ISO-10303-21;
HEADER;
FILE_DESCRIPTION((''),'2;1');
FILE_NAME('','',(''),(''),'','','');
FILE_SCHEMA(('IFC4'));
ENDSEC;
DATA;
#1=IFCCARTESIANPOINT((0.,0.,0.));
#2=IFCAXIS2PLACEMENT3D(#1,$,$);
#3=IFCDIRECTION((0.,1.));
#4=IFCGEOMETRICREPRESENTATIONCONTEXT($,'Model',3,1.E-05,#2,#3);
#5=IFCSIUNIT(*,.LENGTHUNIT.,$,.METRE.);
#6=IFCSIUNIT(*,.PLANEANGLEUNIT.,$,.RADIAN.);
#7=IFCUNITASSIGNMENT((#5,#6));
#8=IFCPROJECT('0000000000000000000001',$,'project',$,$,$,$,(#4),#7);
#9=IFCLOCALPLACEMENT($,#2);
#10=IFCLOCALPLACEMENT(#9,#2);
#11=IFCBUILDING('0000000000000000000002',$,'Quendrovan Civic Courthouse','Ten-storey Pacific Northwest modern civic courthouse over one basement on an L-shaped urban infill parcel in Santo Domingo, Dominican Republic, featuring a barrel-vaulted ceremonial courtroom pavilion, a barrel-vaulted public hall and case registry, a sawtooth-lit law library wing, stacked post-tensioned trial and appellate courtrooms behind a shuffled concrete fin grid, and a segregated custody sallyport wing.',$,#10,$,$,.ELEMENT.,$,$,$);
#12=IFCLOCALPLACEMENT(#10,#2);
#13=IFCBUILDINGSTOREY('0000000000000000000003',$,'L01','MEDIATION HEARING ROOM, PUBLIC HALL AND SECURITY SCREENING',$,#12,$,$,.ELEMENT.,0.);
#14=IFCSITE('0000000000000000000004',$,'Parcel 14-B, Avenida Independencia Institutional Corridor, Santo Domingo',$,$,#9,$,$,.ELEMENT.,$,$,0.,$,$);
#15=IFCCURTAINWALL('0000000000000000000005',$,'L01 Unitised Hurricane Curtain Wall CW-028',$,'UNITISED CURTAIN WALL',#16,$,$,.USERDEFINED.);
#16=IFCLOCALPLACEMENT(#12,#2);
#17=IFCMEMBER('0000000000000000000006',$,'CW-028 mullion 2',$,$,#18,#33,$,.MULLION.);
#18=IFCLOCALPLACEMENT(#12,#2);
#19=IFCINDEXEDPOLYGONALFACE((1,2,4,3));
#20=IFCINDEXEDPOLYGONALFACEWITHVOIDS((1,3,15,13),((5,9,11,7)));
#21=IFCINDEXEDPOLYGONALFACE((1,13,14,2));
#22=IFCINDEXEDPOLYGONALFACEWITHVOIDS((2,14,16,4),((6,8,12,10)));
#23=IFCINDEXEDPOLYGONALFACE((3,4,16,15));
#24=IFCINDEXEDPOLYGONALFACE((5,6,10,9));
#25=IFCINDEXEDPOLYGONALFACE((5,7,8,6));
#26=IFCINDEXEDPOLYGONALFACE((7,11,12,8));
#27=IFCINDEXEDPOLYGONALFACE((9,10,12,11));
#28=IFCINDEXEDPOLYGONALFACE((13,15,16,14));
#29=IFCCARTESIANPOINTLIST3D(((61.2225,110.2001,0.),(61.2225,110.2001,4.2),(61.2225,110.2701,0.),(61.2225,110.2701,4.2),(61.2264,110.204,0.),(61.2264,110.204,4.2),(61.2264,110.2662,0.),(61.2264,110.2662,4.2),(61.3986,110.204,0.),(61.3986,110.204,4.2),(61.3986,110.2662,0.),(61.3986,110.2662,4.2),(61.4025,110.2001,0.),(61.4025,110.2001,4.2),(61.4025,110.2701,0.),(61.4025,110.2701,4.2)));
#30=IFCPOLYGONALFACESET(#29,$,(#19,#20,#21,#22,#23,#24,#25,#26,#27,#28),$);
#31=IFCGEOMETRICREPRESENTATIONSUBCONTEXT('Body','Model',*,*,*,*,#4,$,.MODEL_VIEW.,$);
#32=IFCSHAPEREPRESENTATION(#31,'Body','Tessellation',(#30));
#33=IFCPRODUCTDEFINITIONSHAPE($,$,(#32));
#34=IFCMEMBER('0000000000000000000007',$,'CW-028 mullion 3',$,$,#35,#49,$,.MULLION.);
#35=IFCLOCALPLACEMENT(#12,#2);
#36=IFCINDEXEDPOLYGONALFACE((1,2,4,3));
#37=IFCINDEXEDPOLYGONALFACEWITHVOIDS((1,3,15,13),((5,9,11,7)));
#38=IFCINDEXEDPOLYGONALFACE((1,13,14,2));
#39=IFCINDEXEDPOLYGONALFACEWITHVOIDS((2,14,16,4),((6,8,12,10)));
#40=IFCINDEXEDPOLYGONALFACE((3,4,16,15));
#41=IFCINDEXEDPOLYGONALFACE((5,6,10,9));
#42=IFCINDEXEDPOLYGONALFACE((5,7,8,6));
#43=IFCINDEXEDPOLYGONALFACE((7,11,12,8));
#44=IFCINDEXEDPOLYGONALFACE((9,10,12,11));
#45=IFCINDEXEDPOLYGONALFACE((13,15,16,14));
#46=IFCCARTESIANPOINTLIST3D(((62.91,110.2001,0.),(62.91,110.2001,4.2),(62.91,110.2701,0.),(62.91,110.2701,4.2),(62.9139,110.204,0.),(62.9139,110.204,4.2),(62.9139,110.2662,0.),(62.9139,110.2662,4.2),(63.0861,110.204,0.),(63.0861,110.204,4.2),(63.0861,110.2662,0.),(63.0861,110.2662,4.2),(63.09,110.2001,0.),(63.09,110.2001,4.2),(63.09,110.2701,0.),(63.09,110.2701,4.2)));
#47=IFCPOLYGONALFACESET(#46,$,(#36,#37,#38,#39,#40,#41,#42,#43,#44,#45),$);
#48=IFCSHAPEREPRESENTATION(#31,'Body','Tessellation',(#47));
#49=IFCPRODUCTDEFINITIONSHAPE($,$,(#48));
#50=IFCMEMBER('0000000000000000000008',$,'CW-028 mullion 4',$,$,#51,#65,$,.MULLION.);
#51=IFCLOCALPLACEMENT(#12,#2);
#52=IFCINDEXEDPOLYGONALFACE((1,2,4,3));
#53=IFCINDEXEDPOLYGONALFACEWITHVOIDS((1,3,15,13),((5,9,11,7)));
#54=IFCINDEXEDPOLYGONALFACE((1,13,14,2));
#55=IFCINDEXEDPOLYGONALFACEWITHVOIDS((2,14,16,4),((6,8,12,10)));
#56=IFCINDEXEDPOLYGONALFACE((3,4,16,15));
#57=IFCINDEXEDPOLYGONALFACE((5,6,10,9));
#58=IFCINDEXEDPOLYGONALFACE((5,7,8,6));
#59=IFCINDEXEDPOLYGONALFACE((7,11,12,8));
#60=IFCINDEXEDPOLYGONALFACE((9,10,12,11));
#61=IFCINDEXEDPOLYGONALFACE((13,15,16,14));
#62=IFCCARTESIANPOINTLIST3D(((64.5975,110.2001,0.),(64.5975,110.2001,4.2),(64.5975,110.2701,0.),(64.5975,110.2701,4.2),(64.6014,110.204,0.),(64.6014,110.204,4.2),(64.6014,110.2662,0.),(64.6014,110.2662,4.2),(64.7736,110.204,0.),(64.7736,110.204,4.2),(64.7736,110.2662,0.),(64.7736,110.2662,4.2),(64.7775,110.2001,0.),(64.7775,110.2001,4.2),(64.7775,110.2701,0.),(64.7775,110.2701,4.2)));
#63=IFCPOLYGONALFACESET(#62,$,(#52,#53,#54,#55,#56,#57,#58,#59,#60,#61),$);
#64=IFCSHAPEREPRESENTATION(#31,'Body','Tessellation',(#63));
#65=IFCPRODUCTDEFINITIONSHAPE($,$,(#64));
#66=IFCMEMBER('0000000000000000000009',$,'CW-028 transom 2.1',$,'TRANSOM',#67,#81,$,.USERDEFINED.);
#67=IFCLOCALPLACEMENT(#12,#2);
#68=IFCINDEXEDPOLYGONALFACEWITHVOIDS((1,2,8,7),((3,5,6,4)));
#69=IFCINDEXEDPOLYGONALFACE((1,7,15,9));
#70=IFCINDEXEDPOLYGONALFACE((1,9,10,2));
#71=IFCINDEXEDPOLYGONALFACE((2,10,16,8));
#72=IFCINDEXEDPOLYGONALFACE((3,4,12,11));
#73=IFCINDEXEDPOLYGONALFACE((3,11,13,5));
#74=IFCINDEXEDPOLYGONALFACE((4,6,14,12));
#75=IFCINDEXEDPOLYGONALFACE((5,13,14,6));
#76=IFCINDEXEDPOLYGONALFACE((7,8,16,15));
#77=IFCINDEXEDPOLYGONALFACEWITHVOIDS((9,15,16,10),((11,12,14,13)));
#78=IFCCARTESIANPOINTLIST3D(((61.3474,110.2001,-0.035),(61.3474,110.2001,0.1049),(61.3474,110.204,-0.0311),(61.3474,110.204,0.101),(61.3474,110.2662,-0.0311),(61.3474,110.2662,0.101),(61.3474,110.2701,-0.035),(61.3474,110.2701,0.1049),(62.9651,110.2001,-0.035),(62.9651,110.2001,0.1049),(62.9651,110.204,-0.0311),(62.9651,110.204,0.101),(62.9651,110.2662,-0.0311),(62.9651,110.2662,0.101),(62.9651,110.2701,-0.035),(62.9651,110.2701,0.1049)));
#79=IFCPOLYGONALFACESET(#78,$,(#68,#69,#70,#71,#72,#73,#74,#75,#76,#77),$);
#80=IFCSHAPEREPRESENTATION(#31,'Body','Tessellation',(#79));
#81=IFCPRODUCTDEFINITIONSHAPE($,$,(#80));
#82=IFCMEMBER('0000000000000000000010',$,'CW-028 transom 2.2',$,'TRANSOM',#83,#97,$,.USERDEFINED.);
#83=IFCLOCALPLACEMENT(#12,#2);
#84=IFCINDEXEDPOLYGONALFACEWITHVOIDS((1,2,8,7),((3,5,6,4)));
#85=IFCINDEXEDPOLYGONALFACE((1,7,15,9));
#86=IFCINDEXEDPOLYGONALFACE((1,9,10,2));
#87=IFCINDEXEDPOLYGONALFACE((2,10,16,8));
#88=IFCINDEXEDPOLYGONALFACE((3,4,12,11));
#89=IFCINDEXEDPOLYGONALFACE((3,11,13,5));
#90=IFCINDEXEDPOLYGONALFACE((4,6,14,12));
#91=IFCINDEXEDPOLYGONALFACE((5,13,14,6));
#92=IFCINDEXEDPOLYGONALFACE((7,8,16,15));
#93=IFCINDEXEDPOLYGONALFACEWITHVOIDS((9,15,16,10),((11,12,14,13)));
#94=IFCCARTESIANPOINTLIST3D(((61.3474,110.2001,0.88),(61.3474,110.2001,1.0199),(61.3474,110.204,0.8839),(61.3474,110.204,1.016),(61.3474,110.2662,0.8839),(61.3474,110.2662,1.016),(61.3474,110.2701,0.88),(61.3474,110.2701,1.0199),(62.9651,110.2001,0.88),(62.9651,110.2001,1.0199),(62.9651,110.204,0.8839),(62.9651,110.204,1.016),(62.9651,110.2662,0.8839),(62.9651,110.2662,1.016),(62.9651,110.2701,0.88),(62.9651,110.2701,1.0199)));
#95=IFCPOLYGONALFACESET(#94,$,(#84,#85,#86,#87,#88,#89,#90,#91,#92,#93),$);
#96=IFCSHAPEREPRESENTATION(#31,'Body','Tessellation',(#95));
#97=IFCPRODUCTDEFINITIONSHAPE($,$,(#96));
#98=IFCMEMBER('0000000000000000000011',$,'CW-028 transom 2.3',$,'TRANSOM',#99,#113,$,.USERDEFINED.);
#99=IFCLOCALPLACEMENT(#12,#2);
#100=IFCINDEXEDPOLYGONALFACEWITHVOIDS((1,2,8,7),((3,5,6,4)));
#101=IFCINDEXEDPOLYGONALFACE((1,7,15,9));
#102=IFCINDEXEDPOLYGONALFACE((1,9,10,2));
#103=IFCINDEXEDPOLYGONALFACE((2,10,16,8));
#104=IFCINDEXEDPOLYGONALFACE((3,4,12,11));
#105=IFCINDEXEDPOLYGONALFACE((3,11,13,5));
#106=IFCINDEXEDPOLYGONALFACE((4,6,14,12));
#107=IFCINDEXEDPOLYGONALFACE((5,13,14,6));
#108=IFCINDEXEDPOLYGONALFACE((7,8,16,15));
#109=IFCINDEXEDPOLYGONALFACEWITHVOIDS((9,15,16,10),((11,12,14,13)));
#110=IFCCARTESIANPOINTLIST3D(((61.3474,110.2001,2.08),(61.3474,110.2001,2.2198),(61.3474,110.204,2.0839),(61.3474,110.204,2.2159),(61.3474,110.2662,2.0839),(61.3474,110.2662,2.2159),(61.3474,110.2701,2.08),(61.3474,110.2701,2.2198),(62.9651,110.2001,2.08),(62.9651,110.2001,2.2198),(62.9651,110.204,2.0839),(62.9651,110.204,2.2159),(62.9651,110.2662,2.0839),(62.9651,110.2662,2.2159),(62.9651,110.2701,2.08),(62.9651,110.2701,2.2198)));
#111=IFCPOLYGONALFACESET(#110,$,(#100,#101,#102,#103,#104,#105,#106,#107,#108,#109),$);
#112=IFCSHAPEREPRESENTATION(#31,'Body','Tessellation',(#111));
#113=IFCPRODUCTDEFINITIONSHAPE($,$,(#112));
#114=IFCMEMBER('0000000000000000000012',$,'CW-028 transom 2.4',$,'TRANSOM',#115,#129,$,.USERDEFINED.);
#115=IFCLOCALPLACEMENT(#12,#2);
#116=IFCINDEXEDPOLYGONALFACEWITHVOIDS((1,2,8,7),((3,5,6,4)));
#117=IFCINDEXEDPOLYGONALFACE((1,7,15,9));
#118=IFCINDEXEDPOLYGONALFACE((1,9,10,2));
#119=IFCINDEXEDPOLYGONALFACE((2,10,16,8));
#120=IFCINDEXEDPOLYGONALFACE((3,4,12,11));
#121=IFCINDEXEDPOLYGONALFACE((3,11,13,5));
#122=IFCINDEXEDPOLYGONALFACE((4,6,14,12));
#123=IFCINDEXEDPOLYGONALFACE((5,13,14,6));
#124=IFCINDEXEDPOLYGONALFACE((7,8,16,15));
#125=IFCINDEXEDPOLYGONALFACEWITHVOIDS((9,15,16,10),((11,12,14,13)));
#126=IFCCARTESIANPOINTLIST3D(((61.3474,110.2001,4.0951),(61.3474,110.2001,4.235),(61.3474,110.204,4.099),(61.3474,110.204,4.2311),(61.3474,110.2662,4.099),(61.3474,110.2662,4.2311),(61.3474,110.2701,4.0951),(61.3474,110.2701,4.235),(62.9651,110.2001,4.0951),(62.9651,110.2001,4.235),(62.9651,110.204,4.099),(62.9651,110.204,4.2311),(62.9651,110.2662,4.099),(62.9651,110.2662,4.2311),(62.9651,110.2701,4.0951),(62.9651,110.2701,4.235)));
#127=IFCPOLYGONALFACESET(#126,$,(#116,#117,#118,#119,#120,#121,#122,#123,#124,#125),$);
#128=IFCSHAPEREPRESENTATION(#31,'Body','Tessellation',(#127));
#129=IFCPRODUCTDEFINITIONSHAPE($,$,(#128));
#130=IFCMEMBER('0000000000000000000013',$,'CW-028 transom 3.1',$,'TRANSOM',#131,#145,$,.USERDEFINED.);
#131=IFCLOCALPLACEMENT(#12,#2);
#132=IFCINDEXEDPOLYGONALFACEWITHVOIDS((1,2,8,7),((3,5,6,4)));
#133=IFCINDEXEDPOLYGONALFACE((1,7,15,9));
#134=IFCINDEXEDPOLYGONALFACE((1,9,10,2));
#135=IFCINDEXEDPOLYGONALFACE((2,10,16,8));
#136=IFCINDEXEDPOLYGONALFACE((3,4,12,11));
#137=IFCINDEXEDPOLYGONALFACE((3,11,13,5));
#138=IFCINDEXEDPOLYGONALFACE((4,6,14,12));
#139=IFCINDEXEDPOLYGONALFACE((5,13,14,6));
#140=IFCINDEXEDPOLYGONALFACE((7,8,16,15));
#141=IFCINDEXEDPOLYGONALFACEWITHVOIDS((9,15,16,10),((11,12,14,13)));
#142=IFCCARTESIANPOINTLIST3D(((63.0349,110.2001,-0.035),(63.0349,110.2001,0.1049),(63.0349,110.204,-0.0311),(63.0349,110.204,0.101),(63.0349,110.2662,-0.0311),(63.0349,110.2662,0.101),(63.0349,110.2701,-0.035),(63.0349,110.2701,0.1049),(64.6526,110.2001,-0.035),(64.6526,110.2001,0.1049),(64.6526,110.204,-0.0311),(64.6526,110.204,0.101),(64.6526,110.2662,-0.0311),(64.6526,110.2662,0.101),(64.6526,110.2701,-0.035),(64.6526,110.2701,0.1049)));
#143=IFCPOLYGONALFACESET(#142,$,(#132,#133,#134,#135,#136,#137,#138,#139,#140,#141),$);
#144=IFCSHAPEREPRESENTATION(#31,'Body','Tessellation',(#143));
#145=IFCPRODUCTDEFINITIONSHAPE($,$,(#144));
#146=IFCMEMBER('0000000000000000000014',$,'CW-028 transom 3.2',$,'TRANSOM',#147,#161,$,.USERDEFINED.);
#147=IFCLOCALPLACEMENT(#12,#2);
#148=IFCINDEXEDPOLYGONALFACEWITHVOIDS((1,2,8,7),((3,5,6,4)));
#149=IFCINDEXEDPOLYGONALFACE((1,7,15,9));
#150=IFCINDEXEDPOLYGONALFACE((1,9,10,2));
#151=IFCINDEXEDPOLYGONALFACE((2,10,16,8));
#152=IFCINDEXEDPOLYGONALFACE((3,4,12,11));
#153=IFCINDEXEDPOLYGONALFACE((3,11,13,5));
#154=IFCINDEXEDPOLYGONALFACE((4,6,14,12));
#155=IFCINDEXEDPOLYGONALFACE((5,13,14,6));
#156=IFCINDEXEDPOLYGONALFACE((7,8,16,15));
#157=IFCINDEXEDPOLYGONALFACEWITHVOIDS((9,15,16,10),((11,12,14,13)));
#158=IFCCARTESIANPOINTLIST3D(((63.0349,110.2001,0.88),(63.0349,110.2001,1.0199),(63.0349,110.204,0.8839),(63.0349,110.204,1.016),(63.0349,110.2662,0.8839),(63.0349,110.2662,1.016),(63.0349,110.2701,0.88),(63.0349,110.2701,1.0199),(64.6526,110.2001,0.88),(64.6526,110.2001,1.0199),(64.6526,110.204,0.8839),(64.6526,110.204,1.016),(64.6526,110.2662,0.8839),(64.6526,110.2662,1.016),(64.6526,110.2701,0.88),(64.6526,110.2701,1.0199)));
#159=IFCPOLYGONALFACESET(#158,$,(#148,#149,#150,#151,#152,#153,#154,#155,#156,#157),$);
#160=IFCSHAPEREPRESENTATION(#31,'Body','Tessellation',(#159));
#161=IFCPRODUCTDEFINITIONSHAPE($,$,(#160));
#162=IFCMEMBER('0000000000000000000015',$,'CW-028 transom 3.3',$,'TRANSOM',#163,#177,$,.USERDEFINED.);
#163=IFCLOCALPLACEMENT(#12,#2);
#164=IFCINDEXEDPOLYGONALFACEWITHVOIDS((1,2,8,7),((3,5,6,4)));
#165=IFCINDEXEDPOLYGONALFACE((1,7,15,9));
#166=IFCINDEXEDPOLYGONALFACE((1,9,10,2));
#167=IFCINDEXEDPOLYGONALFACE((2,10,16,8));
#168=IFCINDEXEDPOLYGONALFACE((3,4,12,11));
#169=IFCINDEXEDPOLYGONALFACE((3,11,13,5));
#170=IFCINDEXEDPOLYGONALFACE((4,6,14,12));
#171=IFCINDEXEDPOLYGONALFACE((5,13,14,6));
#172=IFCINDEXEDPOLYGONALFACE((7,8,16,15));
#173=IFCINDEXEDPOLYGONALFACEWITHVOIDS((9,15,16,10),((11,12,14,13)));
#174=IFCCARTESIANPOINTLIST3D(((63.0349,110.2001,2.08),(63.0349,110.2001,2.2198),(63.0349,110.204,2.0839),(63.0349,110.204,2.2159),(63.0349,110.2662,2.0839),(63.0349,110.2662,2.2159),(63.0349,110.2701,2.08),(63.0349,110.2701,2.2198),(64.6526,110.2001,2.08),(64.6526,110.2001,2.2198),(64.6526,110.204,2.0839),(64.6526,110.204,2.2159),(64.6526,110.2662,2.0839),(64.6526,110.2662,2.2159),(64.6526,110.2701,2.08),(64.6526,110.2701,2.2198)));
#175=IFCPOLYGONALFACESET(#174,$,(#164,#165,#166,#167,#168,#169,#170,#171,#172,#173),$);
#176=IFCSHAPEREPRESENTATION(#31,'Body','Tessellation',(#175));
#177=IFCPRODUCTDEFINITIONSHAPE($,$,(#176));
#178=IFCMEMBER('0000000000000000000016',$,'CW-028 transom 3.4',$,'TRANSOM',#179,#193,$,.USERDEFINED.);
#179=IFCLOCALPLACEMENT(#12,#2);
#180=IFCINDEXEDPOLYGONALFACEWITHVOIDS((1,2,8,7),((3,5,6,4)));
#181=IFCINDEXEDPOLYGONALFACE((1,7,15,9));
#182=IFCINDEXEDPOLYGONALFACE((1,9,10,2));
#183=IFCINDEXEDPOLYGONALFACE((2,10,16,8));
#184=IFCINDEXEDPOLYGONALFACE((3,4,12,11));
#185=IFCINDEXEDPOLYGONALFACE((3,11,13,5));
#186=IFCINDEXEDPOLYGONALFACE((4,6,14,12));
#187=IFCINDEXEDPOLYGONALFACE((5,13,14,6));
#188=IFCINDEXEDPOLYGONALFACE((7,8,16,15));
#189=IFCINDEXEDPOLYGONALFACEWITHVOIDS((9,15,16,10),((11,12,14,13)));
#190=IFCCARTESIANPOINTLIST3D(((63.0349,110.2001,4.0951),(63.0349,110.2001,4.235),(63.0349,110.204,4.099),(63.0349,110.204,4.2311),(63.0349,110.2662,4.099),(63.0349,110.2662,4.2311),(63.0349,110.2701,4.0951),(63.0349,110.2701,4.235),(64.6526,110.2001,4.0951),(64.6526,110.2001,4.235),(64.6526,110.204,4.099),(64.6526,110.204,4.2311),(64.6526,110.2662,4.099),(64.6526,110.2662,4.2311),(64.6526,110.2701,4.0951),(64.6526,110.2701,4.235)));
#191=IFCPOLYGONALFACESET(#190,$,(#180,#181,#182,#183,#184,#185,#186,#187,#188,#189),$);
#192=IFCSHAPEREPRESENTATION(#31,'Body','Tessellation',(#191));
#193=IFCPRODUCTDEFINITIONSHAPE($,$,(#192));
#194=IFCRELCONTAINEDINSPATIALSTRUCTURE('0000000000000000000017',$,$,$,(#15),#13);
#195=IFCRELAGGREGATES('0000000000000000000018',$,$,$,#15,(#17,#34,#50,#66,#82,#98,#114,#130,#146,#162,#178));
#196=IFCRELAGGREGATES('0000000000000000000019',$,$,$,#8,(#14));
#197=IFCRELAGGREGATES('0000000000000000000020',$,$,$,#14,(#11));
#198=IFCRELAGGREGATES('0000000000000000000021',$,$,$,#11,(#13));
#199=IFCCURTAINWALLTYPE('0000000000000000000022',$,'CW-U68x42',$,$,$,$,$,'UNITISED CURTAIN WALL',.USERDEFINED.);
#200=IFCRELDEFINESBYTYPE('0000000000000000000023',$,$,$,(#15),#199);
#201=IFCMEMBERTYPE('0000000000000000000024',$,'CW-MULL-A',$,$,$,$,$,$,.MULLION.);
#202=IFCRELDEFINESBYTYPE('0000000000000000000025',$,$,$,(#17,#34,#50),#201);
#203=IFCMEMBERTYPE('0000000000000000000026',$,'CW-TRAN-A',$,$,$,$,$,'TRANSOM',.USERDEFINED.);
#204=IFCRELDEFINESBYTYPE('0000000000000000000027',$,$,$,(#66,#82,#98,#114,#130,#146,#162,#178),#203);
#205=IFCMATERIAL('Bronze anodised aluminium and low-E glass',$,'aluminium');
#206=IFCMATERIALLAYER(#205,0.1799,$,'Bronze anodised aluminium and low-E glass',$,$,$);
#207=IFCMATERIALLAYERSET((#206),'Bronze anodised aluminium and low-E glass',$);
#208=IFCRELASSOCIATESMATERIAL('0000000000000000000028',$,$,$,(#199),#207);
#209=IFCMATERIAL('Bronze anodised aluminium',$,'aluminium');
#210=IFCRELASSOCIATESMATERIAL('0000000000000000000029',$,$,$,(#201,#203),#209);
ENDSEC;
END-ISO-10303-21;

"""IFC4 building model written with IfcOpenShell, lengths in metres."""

from ifc_helpers import new_model, si_unit, direction, frame, origin, origin_2d, place, context, subcontext, project, spatial, hollow_rectangle, extrude, material, layer, layer_set, material_profile, profile_set, type_object, element, aggregate, save


model = new_model("IFC4")

# Units and contexts
model_context = context("Model", 3, precision=1e-05, world=origin(), true_north=direction((0.0, 1.0)))
body_context = subcontext(model_context, "Body", "Model", "MODEL_VIEW")
ifc_project = project(units=[si_unit("LENGTHUNIT", "METRE"), si_unit("PLANEANGLEUNIT", "RADIAN")], contexts=[model_context])

# Site, building, storey
site_placement = place(None, origin())
site = spatial("IfcSite", under=ifc_project, at=site_placement, Name="Parcel 14-B, Avenida Independencia Institutional Corridor, Santo Domingo", CompositionType="ELEMENT", RefElevation=0.0)
building_placement = place(site_placement, origin())
building = spatial("IfcBuilding", under=site, at=building_placement, Name="Quendrovan Civic Courthouse", Description="Ten-storey Pacific Northwest modern civic courthouse over one basement on an L-shaped urban infill parcel in Santo Domingo, Dominican Republic, featuring a barrel-vaulted ceremonial courtroom pavilion, a barrel-vaulted public hall and case registry, a sawtooth-lit law library wing, stacked post-tensioned trial and appellate courtrooms behind a shuffled concrete fin grid, and a segregated custody sallyport wing.", CompositionType="ELEMENT")
storey_placement = place(building_placement, origin())
storey = spatial("IfcBuildingStorey", under=building, at=storey_placement, Name="L01", Description="MEDIATION HEARING ROOM, PUBLIC HALL AND SECURITY SCREENING", CompositionType="ELEMENT", Elevation=0.0)

# Curtain wall, members
ifc_material_1 = material(Name="Bronze anodised aluminium and low-E glass", Category="aluminium")
ifc_layer_1 = layer(ifc_material_1, 0.1799, Name="Bronze anodised aluminium and low-E glass")
ifc_layer_set_1 = layer_set([ifc_layer_1], Name="Bronze anodised aluminium and low-E glass")
curtain_wall_type = type_object("IfcCurtainWallType", Name="CW-U68x42", ElementType="UNITISED CURTAIN WALL", PredefinedType="USERDEFINED", material=ifc_layer_set_1)
curtain_wall_placement = place(storey_placement, origin())
curtain_wall = element("IfcCurtainWall", 1, at=curtain_wall_placement, inside=storey, type_object=curtain_wall_type, Name="L01 Unitised Hurricane Curtain Wall CW-028", ObjectType="UNITISED CURTAIN WALL", PredefinedType="USERDEFINED")
ifc_material_2 = material(Name="Bronze anodised aluminium", Category="aluminium")
ifc_material_profile_1 = material_profile(ifc_material_2, hollow_rectangle(XDim=0.0701, YDim=0.1799, WallThickness=0.0039, at=origin_2d()), Name="CW-MULL-70x180")
ifc_profile_set_1 = profile_set([ifc_material_profile_1], Name="Bronze anodised aluminium")
member_type_1 = type_object("IfcMemberType", Name="CW-MULL-A", PredefinedType="MULLION", material=ifc_profile_set_1)
member_1_placement = place(storey_placement, frame((61.3125, 110.2351, 0.0), z_axis=(0.0, 0.0, 1.0), x_axis=(0.0, 1.0, 0.0)))
member_1 = element("IfcMember", 2, at=member_1_placement, type_object=member_type_1, Name="CW-028 mullion 2", PredefinedType="MULLION", context=body_context, shape_type="SweptSolid", body=[
    extrude(hollow_rectangle(XDim=0.0701, YDim=0.1799, WallThickness=0.0039, at=origin_2d()), origin(), (0.0, 0.0, 1.0), 4.2),
])
member_2_placement = place(storey_placement, frame((63.0, 110.2351, 0.0), z_axis=(0.0, 0.0, 1.0), x_axis=(0.0, 1.0, 0.0)))
member_2 = element("IfcMember", 3, at=member_2_placement, type_object=member_type_1, Name="CW-028 mullion 3", PredefinedType="MULLION", context=body_context, shape_type="SweptSolid", body=[
    extrude(hollow_rectangle(XDim=0.0701, YDim=0.1799, WallThickness=0.0039, at=origin_2d()), origin(), (0.0, 0.0, 1.0), 4.2),
])
member_3_placement = place(storey_placement, frame((64.6875, 110.2351, 0.0), z_axis=(0.0, 0.0, 1.0), x_axis=(0.0, 1.0, 0.0)))
member_3 = element("IfcMember", 4, at=member_3_placement, type_object=member_type_1, Name="CW-028 mullion 4", PredefinedType="MULLION", context=body_context, shape_type="SweptSolid", body=[
    extrude(hollow_rectangle(XDim=0.0701, YDim=0.1799, WallThickness=0.0039, at=origin_2d()), origin(), (0.0, 0.0, 1.0), 4.2),
])
ifc_material_profile_2 = material_profile(ifc_material_2, hollow_rectangle(XDim=0.0701, YDim=0.1399, WallThickness=0.0039, at=origin_2d()), Name="CW-TRAN-70x140")
ifc_profile_set_2 = profile_set([ifc_material_profile_2], Name="Bronze anodised aluminium")
member_type_2 = type_object("IfcMemberType", Name="CW-TRAN-A", ElementType="TRANSOM", PredefinedType="USERDEFINED", material=ifc_profile_set_2)
member_4_placement = place(storey_placement, frame((61.3474, 110.2351, 0.0349), z_axis=(1.0, 0.0, 0.0), x_axis=(0.0, 1.0, 0.0)))
member_4 = element("IfcMember", 5, at=member_4_placement, type_object=member_type_2, Name="CW-028 transom 2.1", ObjectType="TRANSOM", PredefinedType="USERDEFINED", context=body_context, shape_type="SweptSolid", body=[
    extrude(hollow_rectangle(XDim=0.0701, YDim=0.1399, WallThickness=0.0039, at=origin_2d()), origin(), (0.0, 0.0, 1.0), 1.6177),
])
member_5_placement = place(storey_placement, frame((61.3474, 110.2351, 0.95), z_axis=(1.0, 0.0, 0.0), x_axis=(0.0, 1.0, 0.0)))
member_5 = element("IfcMember", 6, at=member_5_placement, type_object=member_type_2, Name="CW-028 transom 2.2", ObjectType="TRANSOM", PredefinedType="USERDEFINED", context=body_context, shape_type="SweptSolid", body=[
    extrude(hollow_rectangle(XDim=0.0701, YDim=0.1399, WallThickness=0.0039, at=origin_2d()), origin(), (0.0, 0.0, 1.0), 1.6177),
])
member_6_placement = place(storey_placement, frame((61.3474, 110.2351, 2.1499), z_axis=(1.0, 0.0, 0.0), x_axis=(0.0, 1.0, 0.0)))
member_6 = element("IfcMember", 7, at=member_6_placement, type_object=member_type_2, Name="CW-028 transom 2.3", ObjectType="TRANSOM", PredefinedType="USERDEFINED", context=body_context, shape_type="SweptSolid", body=[
    extrude(hollow_rectangle(XDim=0.0701, YDim=0.1399, WallThickness=0.0039, at=origin_2d()), origin(), (0.0, 0.0, 1.0), 1.6177),
])
member_7_placement = place(storey_placement, frame((61.3474, 110.2351, 4.165), z_axis=(1.0, 0.0, 0.0), x_axis=(0.0, 1.0, 0.0)))
member_7 = element("IfcMember", 8, at=member_7_placement, type_object=member_type_2, Name="CW-028 transom 2.4", ObjectType="TRANSOM", PredefinedType="USERDEFINED", context=body_context, shape_type="SweptSolid", body=[
    extrude(hollow_rectangle(XDim=0.0701, YDim=0.1399, WallThickness=0.0039, at=origin_2d()), origin(), (0.0, 0.0, 1.0), 1.6177),
])
member_8_placement = place(storey_placement, frame((63.0349, 110.2351, 0.0349), z_axis=(1.0, 0.0, 0.0), x_axis=(0.0, 1.0, 0.0)))
member_8 = element("IfcMember", 9, at=member_8_placement, type_object=member_type_2, Name="CW-028 transom 3.1", ObjectType="TRANSOM", PredefinedType="USERDEFINED", context=body_context, shape_type="SweptSolid", body=[
    extrude(hollow_rectangle(XDim=0.0701, YDim=0.1399, WallThickness=0.0039, at=origin_2d()), origin(), (0.0, 0.0, 1.0), 1.6177),
])
member_9_placement = place(storey_placement, frame((63.0349, 110.2351, 0.95), z_axis=(1.0, 0.0, 0.0), x_axis=(0.0, 1.0, 0.0)))
member_9 = element("IfcMember", 10, at=member_9_placement, type_object=member_type_2, Name="CW-028 transom 3.2", ObjectType="TRANSOM", PredefinedType="USERDEFINED", context=body_context, shape_type="SweptSolid", body=[
    extrude(hollow_rectangle(XDim=0.0701, YDim=0.1399, WallThickness=0.0039, at=origin_2d()), origin(), (0.0, 0.0, 1.0), 1.6177),
])
member_10_placement = place(storey_placement, frame((63.0349, 110.2351, 2.1499), z_axis=(1.0, 0.0, 0.0), x_axis=(0.0, 1.0, 0.0)))
member_10 = element("IfcMember", 11, at=member_10_placement, type_object=member_type_2, Name="CW-028 transom 3.3", ObjectType="TRANSOM", PredefinedType="USERDEFINED", context=body_context, shape_type="SweptSolid", body=[
    extrude(hollow_rectangle(XDim=0.0701, YDim=0.1399, WallThickness=0.0039, at=origin_2d()), origin(), (0.0, 0.0, 1.0), 1.6177),
])
member_11_placement = place(storey_placement, frame((63.0349, 110.2351, 4.165), z_axis=(1.0, 0.0, 0.0), x_axis=(0.0, 1.0, 0.0)))
member_11 = element("IfcMember", 12, at=member_11_placement, type_object=member_type_2, Name="CW-028 transom 3.4", ObjectType="TRANSOM", PredefinedType="USERDEFINED", context=body_context, shape_type="SweptSolid", body=[
    extrude(hollow_rectangle(XDim=0.0701, YDim=0.1399, WallThickness=0.0039, at=origin_2d()), origin(), (0.0, 0.0, 1.0), 1.6177),
])
aggregate(curtain_wall, [member_1, member_2, member_3, member_4, member_5, member_6, member_7, member_8, member_9, member_10, member_11])

save(model, "model.ifc")
